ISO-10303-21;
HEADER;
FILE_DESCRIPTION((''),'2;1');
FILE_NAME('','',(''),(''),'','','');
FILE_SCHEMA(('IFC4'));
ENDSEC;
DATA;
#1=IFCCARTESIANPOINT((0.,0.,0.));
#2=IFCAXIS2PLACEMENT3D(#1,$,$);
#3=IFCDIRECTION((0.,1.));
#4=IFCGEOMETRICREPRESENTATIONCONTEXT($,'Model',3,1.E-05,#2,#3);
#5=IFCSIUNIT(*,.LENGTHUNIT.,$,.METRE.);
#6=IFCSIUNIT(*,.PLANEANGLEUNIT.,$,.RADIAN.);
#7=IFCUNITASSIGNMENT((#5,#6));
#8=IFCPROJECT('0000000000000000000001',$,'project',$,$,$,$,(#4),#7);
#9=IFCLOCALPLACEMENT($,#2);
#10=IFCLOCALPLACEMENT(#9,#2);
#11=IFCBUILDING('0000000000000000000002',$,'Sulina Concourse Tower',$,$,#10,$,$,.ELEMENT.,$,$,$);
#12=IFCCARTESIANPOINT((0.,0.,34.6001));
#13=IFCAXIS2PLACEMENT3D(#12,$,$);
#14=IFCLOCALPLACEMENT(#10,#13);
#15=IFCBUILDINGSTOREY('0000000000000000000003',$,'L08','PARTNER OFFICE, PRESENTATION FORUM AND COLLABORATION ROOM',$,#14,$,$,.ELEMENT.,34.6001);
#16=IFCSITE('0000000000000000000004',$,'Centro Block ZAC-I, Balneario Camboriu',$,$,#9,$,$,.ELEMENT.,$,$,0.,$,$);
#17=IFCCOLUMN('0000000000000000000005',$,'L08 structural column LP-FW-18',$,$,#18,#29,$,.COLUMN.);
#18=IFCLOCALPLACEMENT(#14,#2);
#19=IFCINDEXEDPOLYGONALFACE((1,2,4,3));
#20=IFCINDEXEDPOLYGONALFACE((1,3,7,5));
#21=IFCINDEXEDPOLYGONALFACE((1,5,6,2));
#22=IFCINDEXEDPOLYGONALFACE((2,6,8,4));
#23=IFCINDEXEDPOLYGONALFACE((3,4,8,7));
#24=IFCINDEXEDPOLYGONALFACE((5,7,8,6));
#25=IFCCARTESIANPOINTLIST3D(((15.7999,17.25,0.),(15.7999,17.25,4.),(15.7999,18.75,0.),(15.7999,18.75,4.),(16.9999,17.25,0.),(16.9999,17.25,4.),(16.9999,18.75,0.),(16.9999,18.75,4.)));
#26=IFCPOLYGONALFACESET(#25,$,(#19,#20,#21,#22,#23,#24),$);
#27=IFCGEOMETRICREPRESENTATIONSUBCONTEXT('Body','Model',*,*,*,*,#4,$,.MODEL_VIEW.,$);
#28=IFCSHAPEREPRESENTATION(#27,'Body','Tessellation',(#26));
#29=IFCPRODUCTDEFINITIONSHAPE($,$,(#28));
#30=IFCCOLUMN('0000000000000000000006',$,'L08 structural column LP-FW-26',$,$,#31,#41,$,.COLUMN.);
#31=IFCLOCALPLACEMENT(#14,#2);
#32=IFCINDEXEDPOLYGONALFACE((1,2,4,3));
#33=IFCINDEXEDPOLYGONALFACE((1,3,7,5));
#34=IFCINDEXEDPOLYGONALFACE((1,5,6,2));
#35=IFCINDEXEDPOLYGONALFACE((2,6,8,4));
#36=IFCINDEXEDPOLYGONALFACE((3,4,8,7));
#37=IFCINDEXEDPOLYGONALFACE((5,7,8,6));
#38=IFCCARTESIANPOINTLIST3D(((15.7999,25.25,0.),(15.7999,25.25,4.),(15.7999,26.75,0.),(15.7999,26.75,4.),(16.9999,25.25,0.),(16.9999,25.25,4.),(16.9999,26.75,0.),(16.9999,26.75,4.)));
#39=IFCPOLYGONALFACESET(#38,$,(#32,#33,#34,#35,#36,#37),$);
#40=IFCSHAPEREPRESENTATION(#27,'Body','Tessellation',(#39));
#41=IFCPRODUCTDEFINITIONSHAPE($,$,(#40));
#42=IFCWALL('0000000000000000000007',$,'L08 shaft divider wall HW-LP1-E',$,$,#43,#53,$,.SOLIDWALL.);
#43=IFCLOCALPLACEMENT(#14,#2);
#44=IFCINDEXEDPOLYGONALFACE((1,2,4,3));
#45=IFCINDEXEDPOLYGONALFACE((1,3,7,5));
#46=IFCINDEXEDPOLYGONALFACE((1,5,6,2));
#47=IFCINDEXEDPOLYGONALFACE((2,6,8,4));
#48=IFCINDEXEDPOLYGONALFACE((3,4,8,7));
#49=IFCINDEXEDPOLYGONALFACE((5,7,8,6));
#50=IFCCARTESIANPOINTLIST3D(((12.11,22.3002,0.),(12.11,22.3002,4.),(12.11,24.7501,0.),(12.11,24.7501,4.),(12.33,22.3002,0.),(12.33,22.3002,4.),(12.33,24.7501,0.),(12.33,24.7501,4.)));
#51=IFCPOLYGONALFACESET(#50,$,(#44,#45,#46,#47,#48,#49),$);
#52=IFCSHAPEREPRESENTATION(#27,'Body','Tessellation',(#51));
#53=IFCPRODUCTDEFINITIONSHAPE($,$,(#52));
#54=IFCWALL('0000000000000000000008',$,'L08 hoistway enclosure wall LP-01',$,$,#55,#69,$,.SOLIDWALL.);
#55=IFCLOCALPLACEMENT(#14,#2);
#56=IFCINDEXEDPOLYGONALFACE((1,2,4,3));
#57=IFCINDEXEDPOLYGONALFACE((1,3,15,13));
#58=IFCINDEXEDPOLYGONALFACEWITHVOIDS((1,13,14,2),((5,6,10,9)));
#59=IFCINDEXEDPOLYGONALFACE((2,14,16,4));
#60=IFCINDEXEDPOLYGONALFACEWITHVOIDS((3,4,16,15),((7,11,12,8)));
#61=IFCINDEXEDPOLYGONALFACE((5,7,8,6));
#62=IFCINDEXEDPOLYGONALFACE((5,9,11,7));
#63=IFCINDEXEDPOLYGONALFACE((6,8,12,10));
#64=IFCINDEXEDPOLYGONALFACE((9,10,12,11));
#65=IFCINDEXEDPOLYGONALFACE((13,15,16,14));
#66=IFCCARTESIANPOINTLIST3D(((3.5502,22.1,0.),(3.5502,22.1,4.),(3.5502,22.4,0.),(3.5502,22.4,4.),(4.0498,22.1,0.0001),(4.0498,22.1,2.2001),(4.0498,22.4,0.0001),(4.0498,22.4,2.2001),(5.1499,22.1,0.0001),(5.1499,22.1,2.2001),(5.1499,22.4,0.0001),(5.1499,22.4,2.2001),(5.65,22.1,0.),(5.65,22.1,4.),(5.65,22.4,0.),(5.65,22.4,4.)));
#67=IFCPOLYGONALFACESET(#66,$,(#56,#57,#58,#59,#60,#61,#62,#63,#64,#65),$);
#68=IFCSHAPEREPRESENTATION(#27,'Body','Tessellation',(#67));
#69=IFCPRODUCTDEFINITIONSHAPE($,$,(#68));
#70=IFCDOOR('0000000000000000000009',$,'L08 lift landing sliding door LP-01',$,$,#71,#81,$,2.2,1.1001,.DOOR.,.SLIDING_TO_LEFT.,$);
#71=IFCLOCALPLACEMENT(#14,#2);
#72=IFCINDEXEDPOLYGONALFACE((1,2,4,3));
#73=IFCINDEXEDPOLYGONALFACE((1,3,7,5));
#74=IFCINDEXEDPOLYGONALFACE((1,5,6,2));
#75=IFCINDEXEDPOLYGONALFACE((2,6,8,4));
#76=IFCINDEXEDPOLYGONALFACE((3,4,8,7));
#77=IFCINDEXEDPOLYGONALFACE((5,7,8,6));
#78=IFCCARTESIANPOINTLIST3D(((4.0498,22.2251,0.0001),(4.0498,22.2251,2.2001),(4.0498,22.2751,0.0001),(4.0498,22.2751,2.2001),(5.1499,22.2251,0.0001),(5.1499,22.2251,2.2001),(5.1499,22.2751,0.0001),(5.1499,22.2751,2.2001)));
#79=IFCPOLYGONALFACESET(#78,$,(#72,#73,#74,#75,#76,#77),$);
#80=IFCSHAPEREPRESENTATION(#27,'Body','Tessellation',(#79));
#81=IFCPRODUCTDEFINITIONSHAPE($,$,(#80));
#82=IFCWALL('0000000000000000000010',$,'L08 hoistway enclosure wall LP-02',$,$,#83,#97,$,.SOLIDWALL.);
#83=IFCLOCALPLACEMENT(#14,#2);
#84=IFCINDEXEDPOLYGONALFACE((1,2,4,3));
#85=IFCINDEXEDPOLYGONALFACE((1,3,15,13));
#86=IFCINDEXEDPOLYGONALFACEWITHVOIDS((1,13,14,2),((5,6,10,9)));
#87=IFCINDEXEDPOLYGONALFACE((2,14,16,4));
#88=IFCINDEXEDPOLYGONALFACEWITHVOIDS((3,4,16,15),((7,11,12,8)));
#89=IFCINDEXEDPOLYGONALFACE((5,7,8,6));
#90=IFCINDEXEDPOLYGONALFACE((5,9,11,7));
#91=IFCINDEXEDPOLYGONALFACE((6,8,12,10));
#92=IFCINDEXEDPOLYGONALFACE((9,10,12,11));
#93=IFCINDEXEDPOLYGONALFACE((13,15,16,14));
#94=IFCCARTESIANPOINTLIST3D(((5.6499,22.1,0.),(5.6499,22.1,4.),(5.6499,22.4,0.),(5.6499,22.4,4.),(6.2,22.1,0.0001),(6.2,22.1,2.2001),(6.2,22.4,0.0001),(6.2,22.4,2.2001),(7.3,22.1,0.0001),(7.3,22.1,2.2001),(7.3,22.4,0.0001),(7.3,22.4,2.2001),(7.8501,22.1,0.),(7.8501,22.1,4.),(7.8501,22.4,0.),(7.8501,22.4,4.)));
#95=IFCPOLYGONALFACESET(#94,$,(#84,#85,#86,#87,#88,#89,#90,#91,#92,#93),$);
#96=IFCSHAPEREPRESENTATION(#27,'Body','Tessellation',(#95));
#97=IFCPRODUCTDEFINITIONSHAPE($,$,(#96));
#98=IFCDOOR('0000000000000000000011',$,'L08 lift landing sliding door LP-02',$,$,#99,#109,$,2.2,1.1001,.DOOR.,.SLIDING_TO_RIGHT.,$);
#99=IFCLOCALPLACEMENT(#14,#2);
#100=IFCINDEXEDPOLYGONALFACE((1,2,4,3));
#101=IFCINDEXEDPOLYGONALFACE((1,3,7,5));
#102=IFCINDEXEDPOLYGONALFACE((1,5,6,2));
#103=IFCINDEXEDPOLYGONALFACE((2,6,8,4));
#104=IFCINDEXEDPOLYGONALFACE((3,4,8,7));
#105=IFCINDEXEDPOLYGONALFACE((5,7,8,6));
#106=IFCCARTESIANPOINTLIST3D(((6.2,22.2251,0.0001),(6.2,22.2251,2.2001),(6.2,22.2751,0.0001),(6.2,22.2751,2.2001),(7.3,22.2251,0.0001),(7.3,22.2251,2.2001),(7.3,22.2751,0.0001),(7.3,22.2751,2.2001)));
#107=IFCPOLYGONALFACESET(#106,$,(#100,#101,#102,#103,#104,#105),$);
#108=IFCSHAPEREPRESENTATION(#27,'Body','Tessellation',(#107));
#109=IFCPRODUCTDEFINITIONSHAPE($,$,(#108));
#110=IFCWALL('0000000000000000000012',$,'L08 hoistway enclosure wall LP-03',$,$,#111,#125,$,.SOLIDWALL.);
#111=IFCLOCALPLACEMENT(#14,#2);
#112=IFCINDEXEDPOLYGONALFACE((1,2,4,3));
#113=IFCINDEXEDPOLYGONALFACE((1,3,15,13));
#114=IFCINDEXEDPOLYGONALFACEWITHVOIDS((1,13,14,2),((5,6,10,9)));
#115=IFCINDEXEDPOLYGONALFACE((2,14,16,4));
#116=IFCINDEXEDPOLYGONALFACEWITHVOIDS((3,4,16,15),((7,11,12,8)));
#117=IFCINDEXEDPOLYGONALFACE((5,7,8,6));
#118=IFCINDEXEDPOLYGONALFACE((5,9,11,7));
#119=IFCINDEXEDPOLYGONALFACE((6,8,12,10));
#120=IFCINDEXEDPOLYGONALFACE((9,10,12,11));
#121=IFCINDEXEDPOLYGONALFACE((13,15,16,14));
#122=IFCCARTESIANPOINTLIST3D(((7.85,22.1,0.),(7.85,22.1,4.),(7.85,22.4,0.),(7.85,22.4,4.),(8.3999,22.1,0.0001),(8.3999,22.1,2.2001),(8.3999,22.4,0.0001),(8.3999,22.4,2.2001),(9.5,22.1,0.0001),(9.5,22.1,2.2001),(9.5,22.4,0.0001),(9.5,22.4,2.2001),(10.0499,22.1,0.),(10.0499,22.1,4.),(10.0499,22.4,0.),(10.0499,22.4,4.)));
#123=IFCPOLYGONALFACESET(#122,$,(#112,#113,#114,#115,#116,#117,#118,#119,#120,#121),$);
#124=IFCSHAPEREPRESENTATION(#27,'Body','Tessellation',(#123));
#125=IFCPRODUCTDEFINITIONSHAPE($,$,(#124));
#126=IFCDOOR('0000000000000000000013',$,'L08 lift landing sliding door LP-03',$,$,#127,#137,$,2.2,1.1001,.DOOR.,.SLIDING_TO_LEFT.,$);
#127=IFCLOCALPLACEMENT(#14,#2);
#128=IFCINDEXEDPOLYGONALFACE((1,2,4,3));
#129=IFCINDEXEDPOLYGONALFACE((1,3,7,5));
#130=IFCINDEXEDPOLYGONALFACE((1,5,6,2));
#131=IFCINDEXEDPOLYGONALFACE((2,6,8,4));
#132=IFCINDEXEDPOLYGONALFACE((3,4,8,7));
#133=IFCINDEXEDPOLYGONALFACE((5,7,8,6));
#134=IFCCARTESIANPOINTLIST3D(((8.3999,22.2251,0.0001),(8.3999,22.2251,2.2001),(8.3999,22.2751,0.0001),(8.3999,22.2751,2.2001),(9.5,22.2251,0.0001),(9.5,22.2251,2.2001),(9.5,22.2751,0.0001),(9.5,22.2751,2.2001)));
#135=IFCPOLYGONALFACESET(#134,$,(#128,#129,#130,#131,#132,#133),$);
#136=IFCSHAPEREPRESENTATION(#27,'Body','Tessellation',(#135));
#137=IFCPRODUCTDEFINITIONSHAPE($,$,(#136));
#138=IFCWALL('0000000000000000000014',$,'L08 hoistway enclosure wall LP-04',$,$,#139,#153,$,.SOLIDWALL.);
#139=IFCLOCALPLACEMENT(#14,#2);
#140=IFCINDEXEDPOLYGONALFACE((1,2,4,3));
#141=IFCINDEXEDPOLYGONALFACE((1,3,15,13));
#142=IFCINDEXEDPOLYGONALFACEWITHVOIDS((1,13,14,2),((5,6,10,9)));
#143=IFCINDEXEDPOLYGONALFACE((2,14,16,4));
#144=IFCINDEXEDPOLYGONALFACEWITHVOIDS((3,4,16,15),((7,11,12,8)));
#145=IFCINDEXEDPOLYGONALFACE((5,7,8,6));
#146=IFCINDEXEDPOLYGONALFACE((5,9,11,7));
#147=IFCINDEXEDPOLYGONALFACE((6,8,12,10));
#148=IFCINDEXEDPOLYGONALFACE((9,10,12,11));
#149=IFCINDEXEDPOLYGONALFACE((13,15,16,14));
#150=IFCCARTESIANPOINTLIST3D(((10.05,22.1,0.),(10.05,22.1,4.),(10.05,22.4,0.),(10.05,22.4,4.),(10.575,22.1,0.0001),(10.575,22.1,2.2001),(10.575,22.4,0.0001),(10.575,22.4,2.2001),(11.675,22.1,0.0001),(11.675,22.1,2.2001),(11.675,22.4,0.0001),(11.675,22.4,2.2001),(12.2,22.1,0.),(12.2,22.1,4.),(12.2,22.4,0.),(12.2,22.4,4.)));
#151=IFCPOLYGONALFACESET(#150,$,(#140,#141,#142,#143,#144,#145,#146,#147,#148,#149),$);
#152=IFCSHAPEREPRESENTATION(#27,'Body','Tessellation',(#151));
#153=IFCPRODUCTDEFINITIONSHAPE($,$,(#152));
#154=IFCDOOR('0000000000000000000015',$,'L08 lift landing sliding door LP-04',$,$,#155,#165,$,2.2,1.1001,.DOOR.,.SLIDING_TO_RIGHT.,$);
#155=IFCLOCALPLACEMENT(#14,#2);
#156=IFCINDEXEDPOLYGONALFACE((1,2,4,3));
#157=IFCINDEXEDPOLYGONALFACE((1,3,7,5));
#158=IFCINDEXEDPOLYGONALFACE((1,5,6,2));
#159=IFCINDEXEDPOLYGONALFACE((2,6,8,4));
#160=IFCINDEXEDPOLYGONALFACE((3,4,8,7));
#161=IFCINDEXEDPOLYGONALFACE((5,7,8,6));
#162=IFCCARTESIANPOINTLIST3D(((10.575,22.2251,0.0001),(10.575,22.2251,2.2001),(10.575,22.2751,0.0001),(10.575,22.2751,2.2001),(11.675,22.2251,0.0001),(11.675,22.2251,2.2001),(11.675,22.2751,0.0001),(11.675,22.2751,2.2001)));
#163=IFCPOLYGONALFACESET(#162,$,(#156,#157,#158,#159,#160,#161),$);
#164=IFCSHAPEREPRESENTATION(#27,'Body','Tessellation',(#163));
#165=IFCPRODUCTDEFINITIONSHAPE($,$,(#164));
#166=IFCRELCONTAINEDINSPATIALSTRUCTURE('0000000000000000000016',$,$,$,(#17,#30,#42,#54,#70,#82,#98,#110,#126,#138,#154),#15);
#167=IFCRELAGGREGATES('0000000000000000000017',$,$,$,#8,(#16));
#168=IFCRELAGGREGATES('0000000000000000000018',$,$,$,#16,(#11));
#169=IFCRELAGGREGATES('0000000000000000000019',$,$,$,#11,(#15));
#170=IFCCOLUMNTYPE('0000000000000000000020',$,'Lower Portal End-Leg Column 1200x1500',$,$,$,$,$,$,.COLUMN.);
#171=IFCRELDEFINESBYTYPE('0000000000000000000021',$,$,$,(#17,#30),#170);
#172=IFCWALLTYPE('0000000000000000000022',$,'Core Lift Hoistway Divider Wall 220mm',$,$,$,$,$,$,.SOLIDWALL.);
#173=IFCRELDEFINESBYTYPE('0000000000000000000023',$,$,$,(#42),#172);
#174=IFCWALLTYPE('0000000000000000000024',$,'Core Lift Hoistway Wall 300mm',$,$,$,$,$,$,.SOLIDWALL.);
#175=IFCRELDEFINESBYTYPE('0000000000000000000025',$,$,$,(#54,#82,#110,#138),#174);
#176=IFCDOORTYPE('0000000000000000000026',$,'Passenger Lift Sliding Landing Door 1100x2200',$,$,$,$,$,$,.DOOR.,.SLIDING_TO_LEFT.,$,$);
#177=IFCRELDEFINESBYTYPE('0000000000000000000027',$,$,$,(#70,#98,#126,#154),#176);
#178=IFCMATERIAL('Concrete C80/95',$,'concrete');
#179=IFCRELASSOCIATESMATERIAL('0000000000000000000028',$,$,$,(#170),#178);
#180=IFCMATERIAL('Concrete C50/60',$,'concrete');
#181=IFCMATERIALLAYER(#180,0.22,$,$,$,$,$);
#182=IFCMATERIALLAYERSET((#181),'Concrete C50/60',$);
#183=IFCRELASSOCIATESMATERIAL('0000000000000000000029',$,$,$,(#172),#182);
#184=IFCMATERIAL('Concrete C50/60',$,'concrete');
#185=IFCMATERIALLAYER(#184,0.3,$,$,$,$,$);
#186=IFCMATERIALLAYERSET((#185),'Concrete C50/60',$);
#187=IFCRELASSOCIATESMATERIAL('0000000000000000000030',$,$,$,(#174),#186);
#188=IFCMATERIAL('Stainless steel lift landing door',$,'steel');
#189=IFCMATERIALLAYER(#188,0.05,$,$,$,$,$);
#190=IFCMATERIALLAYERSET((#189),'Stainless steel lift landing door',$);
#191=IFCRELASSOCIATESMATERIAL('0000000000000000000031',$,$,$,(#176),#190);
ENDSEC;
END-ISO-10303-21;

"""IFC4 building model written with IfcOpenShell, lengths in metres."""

from ifc_helpers import new_model, si_unit, direction, frame, frame_2d, origin, origin_2d, place, context, subcontext, project, spatial, rectangle, extrude, material, layer, layer_set, material_profile, profile_set, type_object, element, fill, save


model = new_model("IFC4")

# Units and contexts
model_context = context("Model", 3, precision=1e-05, world=origin(), true_north=direction((0.0, 1.0)))
body_context = subcontext(model_context, "Body", "Model", "MODEL_VIEW")
ifc_project = project(units=[si_unit("LENGTHUNIT", "METRE"), si_unit("PLANEANGLEUNIT", "RADIAN")], contexts=[model_context])

# Site, building, storey
site_placement = place(None, origin())
site = spatial("IfcSite", under=ifc_project, at=site_placement, Name="Centro Block ZAC-I, Balneario Camboriu", CompositionType="ELEMENT", RefElevation=0.0)
building_placement = place(site_placement, origin())
building = spatial("IfcBuilding", under=site, at=building_placement, Name="Sulina Concourse Tower", CompositionType="ELEMENT")
storey_placement = place(building_placement, frame((0.0, 0.0, 34.6001)))
storey = spatial("IfcBuildingStorey", under=building, at=storey_placement, Name="L08", Description="PARTNER OFFICE, PRESENTATION FORUM AND COLLABORATION ROOM", CompositionType="ELEMENT", Elevation=34.6001)

# Columns
ifc_material_1 = material(Name="Concrete C80/95", Category="concrete")
ifc_material_profile = material_profile(ifc_material_1, rectangle(XDim=1.2, YDim=1.5, at=origin_2d()), Name="RC 1200x1500")
ifc_profile_set = profile_set([ifc_material_profile], Name="Concrete C80/95")
column_type = type_object("IfcColumnType", Name="Lower Portal End-Leg Column 1200x1500", PredefinedType="COLUMN", material=ifc_profile_set)
for number, where, z_axis, x_axis, name in (
    (1, (16.3999, 18.0, 0.0), (0.0, 0.0, 1.0), (1.0, 0.0, 0.0), "L08 structural column LP-FW-18"),
    (2, (16.3999, 26.0, 0.0), (0.0, 0.0, 1.0), (1.0, 0.0, 0.0), "L08 structural column LP-FW-26"),
):
    element("IfcColumn", number, at=place(storey_placement, frame(where, z_axis=z_axis, x_axis=x_axis)), inside=storey, type_object=column_type, Name=name, PredefinedType="COLUMN", context=body_context, shape_type="SweptSolid", body=[
        extrude(rectangle(XDim=1.2, YDim=1.5, at=origin_2d()), origin(), (0.0, 0.0, 1.0), 4.0),
    ])

# Wall
ifc_material_2 = material(Name="Concrete C50/60", Category="concrete")
ifc_layer_1 = layer(ifc_material_2, 0.22)
ifc_layer_set_1 = layer_set([ifc_layer_1], Name="Concrete C50/60")
wall_type_1 = type_object("IfcWallType", Name="Core Lift Hoistway Divider Wall 220mm", PredefinedType="SOLIDWALL", material=ifc_layer_set_1)
wall_1_placement = place(storey_placement, frame((12.22, 22.3, 0.0), z_axis=(0.0, 0.0, 1.0), x_axis=(0.0, 1.0, 0.0)))
element("IfcWall", 3, at=wall_1_placement, inside=storey, type_object=wall_type_1, Name="L08 shaft divider wall HW-LP1-E", PredefinedType="SOLIDWALL", context=body_context, shape_type="SweptSolid", body=[
    extrude(rectangle(XDim=2.45, YDim=0.22, at=frame_2d((1.2251, 0.0))), origin(), (0.0, 0.0, 1.0), 4.0),
])

# Walls, openings, doors
ifc_material_3 = material(Name="Concrete C50/60", Category="concrete")
ifc_layer_2 = layer(ifc_material_3, 0.3)
ifc_layer_set_2 = layer_set([ifc_layer_2], Name="Concrete C50/60")
wall_type_2 = type_object("IfcWallType", Name="Core Lift Hoistway Wall 300mm", PredefinedType="SOLIDWALL", material=ifc_layer_set_2)
wall_2_placement = place(storey_placement, frame((5.6499, 22.25, 0.0), z_axis=(0.0, 0.0, 1.0), x_axis=(-1.0, 0.0, 0.0)))
wall_2 = element("IfcWall", 4, at=wall_2_placement, inside=storey, type_object=wall_type_2, Name="L08 hoistway enclosure wall LP-01", PredefinedType="SOLIDWALL", context=body_context, shape_type="SweptSolid", body=[
    extrude(rectangle(XDim=2.0999, YDim=0.3, at=frame_2d((1.0498, 0.0))), origin(), (0.0, 0.0, 1.0), 4.0),
])
opening_1_placement = place(wall_2_placement, frame((0.5, 0.0, 0.0)))
opening_1 = element("IfcOpeningElement", 5, at=opening_1_placement, cuts=wall_2, PredefinedType="OPENING", context=body_context, shape_type="SweptSolid", body=[
    extrude(rectangle(XDim=1.1001, YDim=2.2, at=frame_2d((0.55, 1.1001))), frame((0.0, 0.1599, 0.0), z_axis=(0.0, -1.0, 0.0), x_axis=(1.0, 0.0, 0.0)), (0.0, 0.0, 1.0), 0.3201),
])
ifc_material_4 = material(Name="Stainless steel lift landing door", Category="steel")
ifc_layer_3 = layer(ifc_material_4, 0.05)
ifc_layer_set_3 = layer_set([ifc_layer_3], Name="Stainless steel lift landing door")
door_type_1 = type_object("IfcDoorType", Name="Passenger Lift Sliding Landing Door 1100x2200", OperationType="SLIDING_TO_LEFT", PredefinedType="DOOR", material=ifc_layer_set_3)
door_1_placement = place(opening_1_placement, origin())
door_1 = element("IfcDoor", 6, at=door_1_placement, inside=storey, type_object=door_type_1, Name="L08 lift landing sliding door LP-01", OperationType="SLIDING_TO_LEFT", OverallHeight=2.2, OverallWidth=1.1001, PredefinedType="DOOR", context=body_context, shape_type="SweptSolid", body=[
    extrude(rectangle(XDim=1.1001, YDim=2.2, at=frame_2d((0.55, 1.1001))), frame((0.0, 0.0249, 0.0), z_axis=(0.0, -1.0, 0.0), x_axis=(1.0, 0.0, 0.0)), (0.0, 0.0, 1.0), 0.05),
])
fill(opening_1, door_1)
wall_3_placement = place(storey_placement, frame((7.8501, 22.25, 0.0), z_axis=(0.0, 0.0, 1.0), x_axis=(-1.0, 0.0, 0.0)))
wall_3 = element("IfcWall", 7, at=wall_3_placement, inside=storey, type_object=wall_type_2, Name="L08 hoistway enclosure wall LP-02", PredefinedType="SOLIDWALL", context=body_context, shape_type="SweptSolid", body=[
    extrude(rectangle(XDim=2.2002, YDim=0.3, at=frame_2d((1.1001, 0.0))), origin(), (0.0, 0.0, 1.0), 4.0),
])
opening_2_placement = place(wall_3_placement, frame((0.55, 0.0, 0.0)))
opening_2 = element("IfcOpeningElement", 8, at=opening_2_placement, cuts=wall_3, PredefinedType="OPENING", context=body_context, shape_type="SweptSolid", body=[
    extrude(rectangle(XDim=1.1001, YDim=2.2, at=frame_2d((0.55, 1.1001))), frame((0.0, 0.1599, 0.0), z_axis=(0.0, -1.0, 0.0), x_axis=(1.0, 0.0, 0.0)), (0.0, 0.0, 1.0), 0.3201),
])
door_2_placement = place(opening_2_placement, origin())
door_2 = element("IfcDoor", 9, at=door_2_placement, inside=storey, type_object=door_type_1, Name="L08 lift landing sliding door LP-02", OperationType="SLIDING_TO_RIGHT", OverallHeight=2.2, OverallWidth=1.1001, PredefinedType="DOOR", context=body_context, shape_type="SweptSolid", body=[
    extrude(rectangle(XDim=1.1001, YDim=2.2, at=frame_2d((0.55, 1.1001))), frame((0.0, 0.0249, 0.0), z_axis=(0.0, -1.0, 0.0), x_axis=(1.0, 0.0, 0.0)), (0.0, 0.0, 1.0), 0.05),
])
fill(opening_2, door_2)
wall_4_placement = place(storey_placement, frame((10.05, 22.25, 0.0), z_axis=(0.0, 0.0, 1.0), x_axis=(-1.0, 0.0, 0.0)))
wall_4 = element("IfcWall", 10, at=wall_4_placement, inside=storey, type_object=wall_type_2, Name="L08 hoistway enclosure wall LP-03", PredefinedType="SOLIDWALL", context=body_context, shape_type="SweptSolid", body=[
    extrude(rectangle(XDim=2.2, YDim=0.3, at=frame_2d((1.1001, 0.0))), origin(), (0.0, 0.0, 1.0), 4.0),
])
opening_3_placement = place(wall_4_placement, frame((0.55, 0.0, 0.0)))
opening_3 = element("IfcOpeningElement", 11, at=opening_3_placement, cuts=wall_4, PredefinedType="OPENING", context=body_context, shape_type="SweptSolid", body=[
    extrude(rectangle(XDim=1.1001, YDim=2.2, at=frame_2d((0.55, 1.1001))), frame((0.0, 0.1599, 0.0), z_axis=(0.0, -1.0, 0.0), x_axis=(1.0, 0.0, 0.0)), (0.0, 0.0, 1.0), 0.3201),
])
door_3_placement = place(opening_3_placement, origin())
door_3 = element("IfcDoor", 12, at=door_3_placement, inside=storey, type_object=door_type_1, Name="L08 lift landing sliding door LP-03", OperationType="SLIDING_TO_LEFT", OverallHeight=2.2, OverallWidth=1.1001, PredefinedType="DOOR", context=body_context, shape_type="SweptSolid", body=[
    extrude(rectangle(XDim=1.1001, YDim=2.2, at=frame_2d((0.55, 1.1001))), frame((0.0, 0.0249, 0.0), z_axis=(0.0, -1.0, 0.0), x_axis=(1.0, 0.0, 0.0)), (0.0, 0.0, 1.0), 0.05),
])
fill(opening_3, door_3)
wall_5_placement = place(storey_placement, frame((12.2, 22.25, 0.0), z_axis=(0.0, 0.0, 1.0), x_axis=(-1.0, 0.0, 0.0)))
wall_5 = element("IfcWall", 13, at=wall_5_placement, inside=storey, type_object=wall_type_2, Name="L08 hoistway enclosure wall LP-04", PredefinedType="SOLIDWALL", context=body_context, shape_type="SweptSolid", body=[
    extrude(rectangle(XDim=2.1499, YDim=0.3, at=frame_2d((1.075, 0.0))), origin(), (0.0, 0.0, 1.0), 4.0),
])
opening_4_placement = place(wall_5_placement, frame((0.5249, 0.0, 0.0)))
opening_4 = element("IfcOpeningElement", 14, at=opening_4_placement, cuts=wall_5, PredefinedType="OPENING", context=body_context, shape_type="SweptSolid", body=[
    extrude(rectangle(XDim=1.1001, YDim=2.2, at=frame_2d((0.55, 1.1001))), frame((0.0, 0.1599, 0.0), z_axis=(0.0, -1.0, 0.0), x_axis=(1.0, 0.0, 0.0)), (0.0, 0.0, 1.0), 0.3201),
])
door_4_placement = place(opening_4_placement, origin())
door_4 = element("IfcDoor", 15, at=door_4_placement, inside=storey, type_object=door_type_1, Name="L08 lift landing sliding door LP-04", OperationType="SLIDING_TO_RIGHT", OverallHeight=2.2, OverallWidth=1.1001, PredefinedType="DOOR", context=body_context, shape_type="SweptSolid", body=[
    extrude(rectangle(XDim=1.1001, YDim=2.2, at=frame_2d((0.55, 1.1001))), frame((0.0, 0.0249, 0.0), z_axis=(0.0, -1.0, 0.0), x_axis=(1.0, 0.0, 0.0)), (0.0, 0.0, 1.0), 0.05),
])
fill(opening_4, door_4)

save(model, "model.ifc")
